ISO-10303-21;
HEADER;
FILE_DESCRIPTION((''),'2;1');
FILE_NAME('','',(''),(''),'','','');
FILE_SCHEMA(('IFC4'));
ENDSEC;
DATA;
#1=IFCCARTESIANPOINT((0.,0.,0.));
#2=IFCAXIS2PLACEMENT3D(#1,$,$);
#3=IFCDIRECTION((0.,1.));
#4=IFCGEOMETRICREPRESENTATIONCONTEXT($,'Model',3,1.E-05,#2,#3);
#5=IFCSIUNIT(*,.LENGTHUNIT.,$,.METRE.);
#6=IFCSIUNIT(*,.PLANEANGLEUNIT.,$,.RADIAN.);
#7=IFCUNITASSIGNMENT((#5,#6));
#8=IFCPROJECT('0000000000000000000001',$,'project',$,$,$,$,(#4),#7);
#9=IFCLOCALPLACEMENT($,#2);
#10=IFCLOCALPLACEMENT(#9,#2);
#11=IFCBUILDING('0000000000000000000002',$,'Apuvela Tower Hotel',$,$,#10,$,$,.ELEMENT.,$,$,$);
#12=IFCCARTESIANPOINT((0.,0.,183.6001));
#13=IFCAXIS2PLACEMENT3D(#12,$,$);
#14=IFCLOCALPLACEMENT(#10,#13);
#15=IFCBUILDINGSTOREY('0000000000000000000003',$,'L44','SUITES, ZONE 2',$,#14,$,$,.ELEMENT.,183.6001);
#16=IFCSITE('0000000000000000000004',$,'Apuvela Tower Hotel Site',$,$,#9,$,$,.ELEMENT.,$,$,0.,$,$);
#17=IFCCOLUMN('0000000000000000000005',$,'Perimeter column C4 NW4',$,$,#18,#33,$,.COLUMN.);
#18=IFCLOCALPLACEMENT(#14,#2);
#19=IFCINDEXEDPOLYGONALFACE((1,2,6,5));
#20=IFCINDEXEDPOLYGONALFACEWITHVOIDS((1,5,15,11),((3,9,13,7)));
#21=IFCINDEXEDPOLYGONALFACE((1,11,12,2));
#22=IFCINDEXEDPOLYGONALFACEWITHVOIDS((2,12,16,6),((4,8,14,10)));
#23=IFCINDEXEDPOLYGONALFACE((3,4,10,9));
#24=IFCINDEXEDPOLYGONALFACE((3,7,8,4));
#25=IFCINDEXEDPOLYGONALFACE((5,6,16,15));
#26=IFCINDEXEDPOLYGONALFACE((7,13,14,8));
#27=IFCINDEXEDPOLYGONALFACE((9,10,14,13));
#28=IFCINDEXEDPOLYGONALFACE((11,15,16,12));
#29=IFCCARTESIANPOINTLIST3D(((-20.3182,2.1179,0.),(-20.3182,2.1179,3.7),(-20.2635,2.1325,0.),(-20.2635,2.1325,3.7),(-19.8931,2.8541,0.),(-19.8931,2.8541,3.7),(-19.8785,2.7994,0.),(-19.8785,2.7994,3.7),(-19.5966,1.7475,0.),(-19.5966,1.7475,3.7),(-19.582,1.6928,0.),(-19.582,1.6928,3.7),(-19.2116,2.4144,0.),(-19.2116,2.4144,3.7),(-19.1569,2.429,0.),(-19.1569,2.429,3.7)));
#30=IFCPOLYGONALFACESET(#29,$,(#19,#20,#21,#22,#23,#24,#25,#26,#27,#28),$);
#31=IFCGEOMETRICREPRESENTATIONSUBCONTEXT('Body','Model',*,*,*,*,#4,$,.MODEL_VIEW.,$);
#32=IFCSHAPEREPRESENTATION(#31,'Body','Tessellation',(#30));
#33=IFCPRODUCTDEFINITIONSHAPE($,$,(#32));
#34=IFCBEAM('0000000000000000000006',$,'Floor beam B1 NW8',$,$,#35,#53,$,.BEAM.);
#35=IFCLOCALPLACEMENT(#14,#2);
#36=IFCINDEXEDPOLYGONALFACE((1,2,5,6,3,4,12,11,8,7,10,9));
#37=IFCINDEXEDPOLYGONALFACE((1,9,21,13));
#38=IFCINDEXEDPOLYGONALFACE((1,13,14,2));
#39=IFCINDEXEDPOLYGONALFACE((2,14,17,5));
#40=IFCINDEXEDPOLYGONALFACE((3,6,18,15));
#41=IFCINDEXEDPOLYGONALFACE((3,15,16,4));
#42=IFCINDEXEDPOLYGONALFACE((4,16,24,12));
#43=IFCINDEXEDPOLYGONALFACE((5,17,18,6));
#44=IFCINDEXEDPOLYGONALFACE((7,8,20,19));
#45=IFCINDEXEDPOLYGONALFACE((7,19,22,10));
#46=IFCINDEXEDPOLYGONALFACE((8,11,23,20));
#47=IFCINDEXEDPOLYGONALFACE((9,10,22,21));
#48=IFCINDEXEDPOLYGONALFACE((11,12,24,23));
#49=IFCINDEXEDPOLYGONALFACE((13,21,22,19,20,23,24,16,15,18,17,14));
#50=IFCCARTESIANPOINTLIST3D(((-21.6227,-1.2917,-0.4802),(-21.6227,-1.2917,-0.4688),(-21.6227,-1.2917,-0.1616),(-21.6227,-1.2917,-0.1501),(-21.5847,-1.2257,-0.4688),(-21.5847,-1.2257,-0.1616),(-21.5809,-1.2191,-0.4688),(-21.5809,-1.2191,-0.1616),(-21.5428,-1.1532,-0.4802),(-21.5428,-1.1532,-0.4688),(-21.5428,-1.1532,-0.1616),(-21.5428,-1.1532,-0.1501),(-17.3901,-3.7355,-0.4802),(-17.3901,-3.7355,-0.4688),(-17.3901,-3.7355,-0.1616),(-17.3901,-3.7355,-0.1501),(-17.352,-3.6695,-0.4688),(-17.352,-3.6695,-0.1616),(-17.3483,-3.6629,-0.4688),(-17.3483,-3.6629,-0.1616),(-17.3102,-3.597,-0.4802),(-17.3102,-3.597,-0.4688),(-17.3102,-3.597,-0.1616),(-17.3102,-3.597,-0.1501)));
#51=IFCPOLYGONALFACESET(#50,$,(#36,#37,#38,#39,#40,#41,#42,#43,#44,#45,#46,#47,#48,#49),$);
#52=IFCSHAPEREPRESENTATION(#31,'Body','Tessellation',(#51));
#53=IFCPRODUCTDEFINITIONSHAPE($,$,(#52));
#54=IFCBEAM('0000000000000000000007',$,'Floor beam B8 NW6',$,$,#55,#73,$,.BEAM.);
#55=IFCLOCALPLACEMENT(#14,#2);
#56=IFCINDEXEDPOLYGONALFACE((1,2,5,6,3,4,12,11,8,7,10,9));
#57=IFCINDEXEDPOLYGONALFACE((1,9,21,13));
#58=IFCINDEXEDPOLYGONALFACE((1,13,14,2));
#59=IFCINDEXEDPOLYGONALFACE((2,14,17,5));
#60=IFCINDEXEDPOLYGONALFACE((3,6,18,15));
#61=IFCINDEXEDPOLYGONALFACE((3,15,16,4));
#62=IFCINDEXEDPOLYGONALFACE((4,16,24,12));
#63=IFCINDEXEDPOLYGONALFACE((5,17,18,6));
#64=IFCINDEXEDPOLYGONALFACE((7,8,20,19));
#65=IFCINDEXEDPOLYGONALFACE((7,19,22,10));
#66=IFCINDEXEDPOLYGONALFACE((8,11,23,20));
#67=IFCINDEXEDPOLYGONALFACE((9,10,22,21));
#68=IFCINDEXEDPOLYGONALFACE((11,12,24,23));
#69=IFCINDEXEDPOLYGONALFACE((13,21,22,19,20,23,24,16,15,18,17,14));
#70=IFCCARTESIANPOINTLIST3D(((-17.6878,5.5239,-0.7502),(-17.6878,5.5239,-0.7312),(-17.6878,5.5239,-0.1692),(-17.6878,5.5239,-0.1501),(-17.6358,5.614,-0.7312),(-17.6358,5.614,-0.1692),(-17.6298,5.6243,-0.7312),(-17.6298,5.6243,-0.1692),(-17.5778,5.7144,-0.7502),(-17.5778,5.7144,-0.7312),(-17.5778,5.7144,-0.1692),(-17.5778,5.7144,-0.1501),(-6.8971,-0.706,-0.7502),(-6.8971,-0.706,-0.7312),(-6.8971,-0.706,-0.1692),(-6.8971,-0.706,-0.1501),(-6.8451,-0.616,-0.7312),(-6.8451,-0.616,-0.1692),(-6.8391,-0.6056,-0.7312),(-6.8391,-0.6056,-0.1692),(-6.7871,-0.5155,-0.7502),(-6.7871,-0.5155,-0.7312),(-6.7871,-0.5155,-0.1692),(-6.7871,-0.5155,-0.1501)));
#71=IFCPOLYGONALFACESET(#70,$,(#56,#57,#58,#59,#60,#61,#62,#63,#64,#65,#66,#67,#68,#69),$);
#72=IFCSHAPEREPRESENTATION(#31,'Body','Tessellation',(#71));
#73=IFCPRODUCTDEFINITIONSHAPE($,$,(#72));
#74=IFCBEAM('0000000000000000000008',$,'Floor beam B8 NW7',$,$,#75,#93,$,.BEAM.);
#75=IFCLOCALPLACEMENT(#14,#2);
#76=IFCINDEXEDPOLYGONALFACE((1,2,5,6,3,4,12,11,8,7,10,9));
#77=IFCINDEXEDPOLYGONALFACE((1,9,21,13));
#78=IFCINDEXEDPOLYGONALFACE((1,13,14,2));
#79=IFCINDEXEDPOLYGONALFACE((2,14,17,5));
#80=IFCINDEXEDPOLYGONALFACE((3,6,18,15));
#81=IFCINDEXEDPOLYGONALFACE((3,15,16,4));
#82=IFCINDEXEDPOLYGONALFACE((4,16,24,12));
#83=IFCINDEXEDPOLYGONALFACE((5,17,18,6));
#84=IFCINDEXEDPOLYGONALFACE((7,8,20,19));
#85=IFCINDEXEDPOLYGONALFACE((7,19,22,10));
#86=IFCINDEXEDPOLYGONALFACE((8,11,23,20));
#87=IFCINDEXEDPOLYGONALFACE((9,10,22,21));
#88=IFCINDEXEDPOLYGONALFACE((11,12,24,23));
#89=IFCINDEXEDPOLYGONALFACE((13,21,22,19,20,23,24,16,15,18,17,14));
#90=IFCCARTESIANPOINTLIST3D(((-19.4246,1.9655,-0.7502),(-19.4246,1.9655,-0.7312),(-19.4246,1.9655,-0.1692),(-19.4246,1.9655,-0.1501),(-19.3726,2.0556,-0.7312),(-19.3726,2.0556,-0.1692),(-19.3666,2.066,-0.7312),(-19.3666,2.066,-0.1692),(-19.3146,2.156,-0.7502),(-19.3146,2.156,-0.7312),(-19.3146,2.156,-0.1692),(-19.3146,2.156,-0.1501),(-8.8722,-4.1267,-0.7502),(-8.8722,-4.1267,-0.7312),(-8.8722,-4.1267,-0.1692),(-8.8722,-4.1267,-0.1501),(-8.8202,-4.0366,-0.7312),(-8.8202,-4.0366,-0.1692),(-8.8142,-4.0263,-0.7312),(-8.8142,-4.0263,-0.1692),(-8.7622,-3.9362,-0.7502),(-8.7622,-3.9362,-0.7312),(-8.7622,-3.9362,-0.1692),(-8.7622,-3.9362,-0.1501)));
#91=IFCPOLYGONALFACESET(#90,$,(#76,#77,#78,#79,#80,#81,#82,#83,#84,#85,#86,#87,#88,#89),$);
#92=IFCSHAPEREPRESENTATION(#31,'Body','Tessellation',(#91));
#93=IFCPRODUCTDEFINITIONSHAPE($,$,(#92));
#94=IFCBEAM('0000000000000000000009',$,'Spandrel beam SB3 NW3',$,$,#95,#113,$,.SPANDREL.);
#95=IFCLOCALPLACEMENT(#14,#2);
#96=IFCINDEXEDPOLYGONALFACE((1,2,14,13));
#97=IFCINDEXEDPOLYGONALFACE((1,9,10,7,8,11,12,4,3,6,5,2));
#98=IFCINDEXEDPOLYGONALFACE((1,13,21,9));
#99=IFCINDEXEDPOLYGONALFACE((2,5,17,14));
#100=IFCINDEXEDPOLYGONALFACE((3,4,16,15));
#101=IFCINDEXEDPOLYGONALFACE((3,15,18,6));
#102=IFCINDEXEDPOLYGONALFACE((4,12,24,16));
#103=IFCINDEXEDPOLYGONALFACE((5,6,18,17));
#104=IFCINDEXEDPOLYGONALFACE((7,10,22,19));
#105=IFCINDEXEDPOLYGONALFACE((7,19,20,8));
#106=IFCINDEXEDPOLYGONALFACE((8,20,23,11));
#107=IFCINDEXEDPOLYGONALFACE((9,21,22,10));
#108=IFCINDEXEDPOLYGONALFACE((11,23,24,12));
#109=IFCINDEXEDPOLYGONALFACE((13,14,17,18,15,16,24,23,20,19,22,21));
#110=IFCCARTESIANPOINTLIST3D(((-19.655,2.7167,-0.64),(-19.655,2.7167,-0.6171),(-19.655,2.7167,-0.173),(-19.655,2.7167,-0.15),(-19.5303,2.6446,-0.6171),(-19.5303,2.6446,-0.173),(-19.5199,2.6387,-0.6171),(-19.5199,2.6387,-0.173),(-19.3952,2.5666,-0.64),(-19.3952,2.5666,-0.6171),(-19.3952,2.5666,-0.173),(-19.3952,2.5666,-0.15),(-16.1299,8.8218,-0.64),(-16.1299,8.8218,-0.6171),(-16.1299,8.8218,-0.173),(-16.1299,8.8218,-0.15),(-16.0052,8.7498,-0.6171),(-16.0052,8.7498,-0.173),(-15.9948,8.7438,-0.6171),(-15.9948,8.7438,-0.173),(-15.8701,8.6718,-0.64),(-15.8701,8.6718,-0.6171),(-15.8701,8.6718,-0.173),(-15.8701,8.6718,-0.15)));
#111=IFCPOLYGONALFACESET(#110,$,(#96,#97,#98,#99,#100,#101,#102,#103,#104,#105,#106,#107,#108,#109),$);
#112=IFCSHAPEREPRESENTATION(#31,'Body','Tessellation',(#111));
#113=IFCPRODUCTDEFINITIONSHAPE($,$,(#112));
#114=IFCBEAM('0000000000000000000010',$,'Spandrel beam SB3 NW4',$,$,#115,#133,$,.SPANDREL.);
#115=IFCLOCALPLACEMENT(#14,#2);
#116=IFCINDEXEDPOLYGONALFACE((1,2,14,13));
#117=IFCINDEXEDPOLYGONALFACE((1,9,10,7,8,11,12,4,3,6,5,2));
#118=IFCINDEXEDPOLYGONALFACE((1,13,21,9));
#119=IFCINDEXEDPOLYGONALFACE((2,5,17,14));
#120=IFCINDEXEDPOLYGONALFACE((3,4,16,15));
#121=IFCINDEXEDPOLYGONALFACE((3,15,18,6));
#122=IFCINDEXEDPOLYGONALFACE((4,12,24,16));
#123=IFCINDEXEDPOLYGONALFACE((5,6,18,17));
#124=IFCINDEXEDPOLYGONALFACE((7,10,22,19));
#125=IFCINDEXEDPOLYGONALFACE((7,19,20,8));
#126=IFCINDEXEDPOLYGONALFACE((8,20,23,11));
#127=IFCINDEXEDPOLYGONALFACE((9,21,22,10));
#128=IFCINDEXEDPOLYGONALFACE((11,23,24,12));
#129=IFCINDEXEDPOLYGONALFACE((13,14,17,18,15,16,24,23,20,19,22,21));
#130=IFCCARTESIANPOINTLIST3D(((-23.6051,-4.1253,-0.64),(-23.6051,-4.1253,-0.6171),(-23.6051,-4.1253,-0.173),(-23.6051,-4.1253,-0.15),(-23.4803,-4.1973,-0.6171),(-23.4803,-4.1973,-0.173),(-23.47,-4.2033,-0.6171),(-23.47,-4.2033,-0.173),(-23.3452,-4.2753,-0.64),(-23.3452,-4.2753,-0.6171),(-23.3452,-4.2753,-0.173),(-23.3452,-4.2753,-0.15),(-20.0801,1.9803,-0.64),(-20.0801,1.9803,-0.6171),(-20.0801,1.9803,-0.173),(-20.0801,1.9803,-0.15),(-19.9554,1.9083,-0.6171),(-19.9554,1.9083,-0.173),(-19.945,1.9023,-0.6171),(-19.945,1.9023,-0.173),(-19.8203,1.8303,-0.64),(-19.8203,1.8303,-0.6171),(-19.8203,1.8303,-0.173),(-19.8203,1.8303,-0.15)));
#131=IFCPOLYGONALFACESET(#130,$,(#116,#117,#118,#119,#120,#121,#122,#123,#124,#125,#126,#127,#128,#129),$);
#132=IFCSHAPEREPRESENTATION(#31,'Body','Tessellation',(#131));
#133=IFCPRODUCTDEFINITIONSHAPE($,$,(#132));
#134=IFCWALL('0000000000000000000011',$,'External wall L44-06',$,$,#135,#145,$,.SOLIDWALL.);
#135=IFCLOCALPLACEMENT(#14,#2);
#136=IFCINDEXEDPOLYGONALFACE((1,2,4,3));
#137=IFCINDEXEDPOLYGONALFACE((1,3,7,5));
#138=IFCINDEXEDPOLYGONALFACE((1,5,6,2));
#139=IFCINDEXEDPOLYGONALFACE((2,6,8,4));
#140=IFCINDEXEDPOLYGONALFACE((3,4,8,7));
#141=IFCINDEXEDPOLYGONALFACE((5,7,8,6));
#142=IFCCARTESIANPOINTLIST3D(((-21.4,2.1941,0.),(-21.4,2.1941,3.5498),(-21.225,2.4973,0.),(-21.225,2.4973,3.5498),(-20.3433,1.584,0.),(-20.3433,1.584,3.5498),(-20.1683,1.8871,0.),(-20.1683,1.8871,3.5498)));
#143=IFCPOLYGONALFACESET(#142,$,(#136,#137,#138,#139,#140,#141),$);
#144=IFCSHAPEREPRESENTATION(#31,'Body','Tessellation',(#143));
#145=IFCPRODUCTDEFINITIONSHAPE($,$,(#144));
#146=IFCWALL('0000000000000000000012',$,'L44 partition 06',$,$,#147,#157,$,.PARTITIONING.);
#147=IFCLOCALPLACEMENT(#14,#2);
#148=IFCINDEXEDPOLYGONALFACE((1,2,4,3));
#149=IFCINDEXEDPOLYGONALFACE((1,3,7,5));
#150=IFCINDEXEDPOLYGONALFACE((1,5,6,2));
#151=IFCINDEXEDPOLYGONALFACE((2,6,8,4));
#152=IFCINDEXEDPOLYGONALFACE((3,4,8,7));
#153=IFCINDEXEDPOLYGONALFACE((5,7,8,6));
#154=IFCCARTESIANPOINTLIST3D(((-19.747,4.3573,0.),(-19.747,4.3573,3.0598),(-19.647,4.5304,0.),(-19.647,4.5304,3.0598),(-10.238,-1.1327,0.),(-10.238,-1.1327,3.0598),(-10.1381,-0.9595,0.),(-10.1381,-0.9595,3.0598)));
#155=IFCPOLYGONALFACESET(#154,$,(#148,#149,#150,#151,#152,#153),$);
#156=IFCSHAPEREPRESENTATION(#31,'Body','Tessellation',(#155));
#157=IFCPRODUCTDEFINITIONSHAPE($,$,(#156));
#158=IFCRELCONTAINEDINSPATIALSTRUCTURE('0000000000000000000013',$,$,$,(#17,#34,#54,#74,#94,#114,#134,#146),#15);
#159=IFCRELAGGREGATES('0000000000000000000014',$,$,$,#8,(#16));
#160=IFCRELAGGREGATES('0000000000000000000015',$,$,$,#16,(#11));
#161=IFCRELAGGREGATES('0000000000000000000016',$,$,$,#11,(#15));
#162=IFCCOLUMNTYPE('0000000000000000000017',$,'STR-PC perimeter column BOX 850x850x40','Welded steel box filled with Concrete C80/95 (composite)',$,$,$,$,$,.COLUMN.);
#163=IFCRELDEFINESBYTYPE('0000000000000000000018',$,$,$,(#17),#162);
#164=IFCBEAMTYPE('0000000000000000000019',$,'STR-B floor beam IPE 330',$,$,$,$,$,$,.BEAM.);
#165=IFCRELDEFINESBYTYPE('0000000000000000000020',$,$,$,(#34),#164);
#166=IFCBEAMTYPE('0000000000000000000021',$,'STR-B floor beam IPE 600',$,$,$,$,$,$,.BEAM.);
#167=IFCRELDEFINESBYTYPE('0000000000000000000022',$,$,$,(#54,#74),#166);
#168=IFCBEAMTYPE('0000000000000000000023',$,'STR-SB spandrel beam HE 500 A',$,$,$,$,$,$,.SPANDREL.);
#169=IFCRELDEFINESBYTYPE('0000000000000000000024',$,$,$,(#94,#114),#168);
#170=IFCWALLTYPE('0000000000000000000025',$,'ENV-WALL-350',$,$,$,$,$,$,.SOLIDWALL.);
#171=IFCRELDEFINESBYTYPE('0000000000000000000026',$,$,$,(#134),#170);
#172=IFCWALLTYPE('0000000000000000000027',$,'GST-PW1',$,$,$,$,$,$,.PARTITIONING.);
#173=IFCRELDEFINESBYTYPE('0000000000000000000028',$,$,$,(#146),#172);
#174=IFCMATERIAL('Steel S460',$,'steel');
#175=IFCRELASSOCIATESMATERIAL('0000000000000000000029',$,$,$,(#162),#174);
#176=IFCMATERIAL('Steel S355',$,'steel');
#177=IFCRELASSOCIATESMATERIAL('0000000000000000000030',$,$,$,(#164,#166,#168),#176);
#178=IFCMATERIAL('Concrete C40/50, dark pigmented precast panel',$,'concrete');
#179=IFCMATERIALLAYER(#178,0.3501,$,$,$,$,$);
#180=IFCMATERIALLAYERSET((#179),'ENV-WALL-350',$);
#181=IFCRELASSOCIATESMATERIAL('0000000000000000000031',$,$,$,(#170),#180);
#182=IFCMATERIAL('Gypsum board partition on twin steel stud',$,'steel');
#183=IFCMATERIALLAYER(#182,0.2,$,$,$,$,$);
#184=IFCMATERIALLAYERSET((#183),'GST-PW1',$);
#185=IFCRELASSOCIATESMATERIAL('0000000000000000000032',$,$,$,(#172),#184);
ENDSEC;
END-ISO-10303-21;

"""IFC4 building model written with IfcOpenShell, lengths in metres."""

from ifc_helpers import new_model, si_unit, direction, frame, frame_2d, origin, origin_2d, place, context, subcontext, project, spatial, rectangle, hollow_rectangle, i_section, extrude, material, layer, layer_set, material_profile, profile_set, type_object, element, save


model = new_model("IFC4")

# Units and contexts
model_context = context("Model", 3, precision=1e-05, world=origin(), true_north=direction((0.0, 1.0)))
body_context = subcontext(model_context, "Body", "Model", "MODEL_VIEW")
ifc_project = project(units=[si_unit("LENGTHUNIT", "METRE"), si_unit("PLANEANGLEUNIT", "RADIAN")], contexts=[model_context])

# Site, building, storey
site_placement = place(None, origin())
site = spatial("IfcSite", under=ifc_project, at=site_placement, Name="Apuvela Tower Hotel Site", CompositionType="ELEMENT", RefElevation=0.0)
building_placement = place(site_placement, origin())
building = spatial("IfcBuilding", under=site, at=building_placement, Name="Apuvela Tower Hotel", CompositionType="ELEMENT")
storey_placement = place(building_placement, frame((0.0, 0.0, 183.6001)))
storey = spatial("IfcBuildingStorey", under=building, at=storey_placement, Name="L44", Description="SUITES, ZONE 2", CompositionType="ELEMENT", Elevation=183.6001)

# Column
ifc_material_1 = material(Name="Steel S460", Category="steel")
ifc_material_profile_1 = material_profile(ifc_material_1, hollow_rectangle(XDim=0.8501, YDim=0.8501, WallThickness=0.04, at=origin_2d()), Name="BOX 850x850x40")
ifc_material_2 = material(Name="Concrete C80/95", Category="concrete")
ifc_material_profile_2 = material_profile(ifc_material_2, rectangle(XDim=0.77, YDim=0.77, at=origin_2d()), Name="Concrete C80/95 infill")
ifc_profile_set_1 = profile_set([ifc_material_profile_1, ifc_material_profile_2], Name="Steel S460")
column_type = type_object("IfcColumnType", Name="STR-PC perimeter column BOX 850x850x40", Description="Welded steel box filled with Concrete C80/95 (composite)", PredefinedType="COLUMN", material=ifc_profile_set_1)
column_placement = place(storey_placement, frame((-19.7375, 2.2734, 0.0), z_axis=(0.0, 0.0, 1.0), x_axis=(0.5, 0.866025, 0.0)))
element("IfcColumn", 1, at=column_placement, inside=storey, type_object=column_type, Name="Perimeter column C4 NW4", PredefinedType="COLUMN", context=body_context, shape_type="SweptSolid", body=[
    extrude(hollow_rectangle(XDim=0.8501, YDim=0.8501, WallThickness=0.04, at=origin_2d()), origin(), (0.0, 0.0, 1.0), 3.7),
])

# Beams
ifc_material_3 = material(Name="Steel S355", Category="steel")
ifc_material_profile_3 = material_profile(ifc_material_3, i_section(OverallWidth=0.1599, OverallDepth=0.3301, WebThickness=0.0076, FlangeThickness=0.0115, at=origin_2d()), Name="IPE 330")
ifc_profile_set_2 = profile_set([ifc_material_profile_3], Name="Steel S355")
beam_type_1 = type_object("IfcBeamType", Name="STR-B floor beam IPE 330", PredefinedType="BEAM", material=ifc_profile_set_2)
beam_1_placement = place(storey_placement, frame((-21.5828, -1.2224, -0.3152), z_axis=(0.866015, -0.500018, 0.0), x_axis=(0.500018, 0.866015, 0.0)))
element("IfcBeam", 2, at=beam_1_placement, inside=storey, type_object=beam_type_1, Name="Floor beam B1 NW8", PredefinedType="BEAM", context=body_context, shape_type="SweptSolid", body=[
    extrude(i_section(OverallWidth=0.1599, OverallDepth=0.3301, WebThickness=0.0076, FlangeThickness=0.0115, at=origin_2d()), origin(), (0.0, 0.0, 1.0), 4.8875),
])
ifc_material_profile_4 = material_profile(ifc_material_3, i_section(OverallWidth=0.22, OverallDepth=0.6001, WebThickness=0.012, FlangeThickness=0.019, at=origin_2d()), Name="IPE 600")
ifc_profile_set_3 = profile_set([ifc_material_profile_4], Name="Steel S355")
beam_type_2 = type_object("IfcBeamType", Name="STR-B floor beam IPE 600", PredefinedType="BEAM", material=ifc_profile_set_3)
beam_2_placement = place(storey_placement, frame((-17.6328, 5.6191, -0.4502), z_axis=(0.866028, -0.499996, 0.0), x_axis=(0.499996, 0.866028, 0.0)))
element("IfcBeam", 3, at=beam_2_placement, inside=storey, type_object=beam_type_2, Name="Floor beam B8 NW6", PredefinedType="BEAM", context=body_context, shape_type="SweptSolid", body=[
    extrude(i_section(OverallWidth=0.22, OverallDepth=0.6001, WebThickness=0.012, FlangeThickness=0.019, at=origin_2d()), origin(), (0.0, 0.0, 1.0), 12.46),
])
beam_3_placement = place(storey_placement, frame((-19.3696, 2.0608, -0.4502), z_axis=(0.866032, -0.499988, 0.0), x_axis=(0.499988, 0.866032, 0.0)))
element("IfcBeam", 4, at=beam_3_placement, inside=storey, type_object=beam_type_2, Name="Floor beam B8 NW7", PredefinedType="BEAM", context=body_context, shape_type="SweptSolid", body=[
    extrude(i_section(OverallWidth=0.22, OverallDepth=0.6001, WebThickness=0.012, FlangeThickness=0.019, at=origin_2d()), origin(), (0.0, 0.0, 1.0), 12.1848),
])
ifc_material_profile_5 = material_profile(ifc_material_3, i_section(OverallWidth=0.3, OverallDepth=0.49, WebThickness=0.012, FlangeThickness=0.0229, at=origin_2d()), Name="HE 500 A")
ifc_profile_set_4 = profile_set([ifc_material_profile_5], Name="Steel S355")
beam_type_3 = type_object("IfcBeamType", Name="STR-SB spandrel beam HE 500 A", PredefinedType="SPANDREL", material=ifc_profile_set_4)
beam_4_placement = place(storey_placement, frame((-16.0, 8.7468, -0.395), z_axis=(-0.500031, -0.866007, 0.0), x_axis=(0.866007, -0.500031, 0.0)))
element("IfcBeam", 5, at=beam_4_placement, inside=storey, type_object=beam_type_3, Name="Spandrel beam SB3 NW3", PredefinedType="SPANDREL", context=body_context, shape_type="SweptSolid", body=[
    extrude(i_section(OverallWidth=0.3, OverallDepth=0.49, WebThickness=0.012, FlangeThickness=0.0229, at=origin_2d()), origin(), (0.0, 0.0, 1.0), 7.0498),
])
beam_5_placement = place(storey_placement, frame((-19.9502, 1.9053, -0.395), z_axis=(-0.49999, -0.866031, 0.0), x_axis=(0.866031, -0.49999, 0.0)))
element("IfcBeam", 6, at=beam_5_placement, inside=storey, type_object=beam_type_3, Name="Spandrel beam SB3 NW4", PredefinedType="SPANDREL", context=body_context, shape_type="SweptSolid", body=[
    extrude(i_section(OverallWidth=0.3, OverallDepth=0.49, WebThickness=0.012, FlangeThickness=0.0229, at=origin_2d()), origin(), (0.0, 0.0, 1.0), 7.05),
])

# Shared definitions
ifc_material_4 = material(Name="Concrete C40/50, dark pigmented precast panel", Category="concrete")
ifc_layer_1 = layer(ifc_material_4, 0.3501)
ifc_layer_set_1 = layer_set([ifc_layer_1], Name="ENV-WALL-350")
wall_type_1 = type_object("IfcWallType", Name="ENV-WALL-350", PredefinedType="SOLIDWALL", material=ifc_layer_set_1)

# Wall
wall_1_placement = place(storey_placement, frame((-21.3125, 2.3457, 0.0), z_axis=(0.0, 0.0, 1.0), x_axis=(0.866006, -0.500034, 0.0)))
element("IfcWall", 7, at=wall_1_placement, inside=storey, type_object=wall_type_1, Name="External wall L44-06", PredefinedType="SOLIDWALL", context=body_context, shape_type="SweptSolid", body=[
    extrude(rectangle(XDim=1.2202, YDim=0.3501, at=frame_2d((0.6101, 0.0))), origin(), (0.0, 0.0, 1.0), 3.5498),
])

# Wall
ifc_material_5 = material(Name="Gypsum board partition on twin steel stud", Category="steel")
ifc_layer_2 = layer(ifc_material_5, 0.2)
ifc_layer_set_2 = layer_set([ifc_layer_2], Name="GST-PW1")
wall_type_2 = type_object("IfcWallType", Name="GST-PW1", PredefinedType="PARTITIONING", material=ifc_layer_set_2)
wall_2_placement = place(storey_placement, frame((-19.697, 4.4438, 0.0), z_axis=(0.0, 0.0, 1.0), x_axis=(0.866027, -0.499996, 0.0)))
element("IfcWall", 8, at=wall_2_placement, inside=storey, type_object=wall_type_2, Name="L44 partition 06", PredefinedType="PARTITIONING", context=body_context, shape_type="SweptSolid", body=[
    extrude(rectangle(XDim=10.98, YDim=0.2, at=frame_2d((5.49, 0.0))), origin(), (0.0, 0.0, 1.0), 3.0598),
])

save(model, "model.ifc")
